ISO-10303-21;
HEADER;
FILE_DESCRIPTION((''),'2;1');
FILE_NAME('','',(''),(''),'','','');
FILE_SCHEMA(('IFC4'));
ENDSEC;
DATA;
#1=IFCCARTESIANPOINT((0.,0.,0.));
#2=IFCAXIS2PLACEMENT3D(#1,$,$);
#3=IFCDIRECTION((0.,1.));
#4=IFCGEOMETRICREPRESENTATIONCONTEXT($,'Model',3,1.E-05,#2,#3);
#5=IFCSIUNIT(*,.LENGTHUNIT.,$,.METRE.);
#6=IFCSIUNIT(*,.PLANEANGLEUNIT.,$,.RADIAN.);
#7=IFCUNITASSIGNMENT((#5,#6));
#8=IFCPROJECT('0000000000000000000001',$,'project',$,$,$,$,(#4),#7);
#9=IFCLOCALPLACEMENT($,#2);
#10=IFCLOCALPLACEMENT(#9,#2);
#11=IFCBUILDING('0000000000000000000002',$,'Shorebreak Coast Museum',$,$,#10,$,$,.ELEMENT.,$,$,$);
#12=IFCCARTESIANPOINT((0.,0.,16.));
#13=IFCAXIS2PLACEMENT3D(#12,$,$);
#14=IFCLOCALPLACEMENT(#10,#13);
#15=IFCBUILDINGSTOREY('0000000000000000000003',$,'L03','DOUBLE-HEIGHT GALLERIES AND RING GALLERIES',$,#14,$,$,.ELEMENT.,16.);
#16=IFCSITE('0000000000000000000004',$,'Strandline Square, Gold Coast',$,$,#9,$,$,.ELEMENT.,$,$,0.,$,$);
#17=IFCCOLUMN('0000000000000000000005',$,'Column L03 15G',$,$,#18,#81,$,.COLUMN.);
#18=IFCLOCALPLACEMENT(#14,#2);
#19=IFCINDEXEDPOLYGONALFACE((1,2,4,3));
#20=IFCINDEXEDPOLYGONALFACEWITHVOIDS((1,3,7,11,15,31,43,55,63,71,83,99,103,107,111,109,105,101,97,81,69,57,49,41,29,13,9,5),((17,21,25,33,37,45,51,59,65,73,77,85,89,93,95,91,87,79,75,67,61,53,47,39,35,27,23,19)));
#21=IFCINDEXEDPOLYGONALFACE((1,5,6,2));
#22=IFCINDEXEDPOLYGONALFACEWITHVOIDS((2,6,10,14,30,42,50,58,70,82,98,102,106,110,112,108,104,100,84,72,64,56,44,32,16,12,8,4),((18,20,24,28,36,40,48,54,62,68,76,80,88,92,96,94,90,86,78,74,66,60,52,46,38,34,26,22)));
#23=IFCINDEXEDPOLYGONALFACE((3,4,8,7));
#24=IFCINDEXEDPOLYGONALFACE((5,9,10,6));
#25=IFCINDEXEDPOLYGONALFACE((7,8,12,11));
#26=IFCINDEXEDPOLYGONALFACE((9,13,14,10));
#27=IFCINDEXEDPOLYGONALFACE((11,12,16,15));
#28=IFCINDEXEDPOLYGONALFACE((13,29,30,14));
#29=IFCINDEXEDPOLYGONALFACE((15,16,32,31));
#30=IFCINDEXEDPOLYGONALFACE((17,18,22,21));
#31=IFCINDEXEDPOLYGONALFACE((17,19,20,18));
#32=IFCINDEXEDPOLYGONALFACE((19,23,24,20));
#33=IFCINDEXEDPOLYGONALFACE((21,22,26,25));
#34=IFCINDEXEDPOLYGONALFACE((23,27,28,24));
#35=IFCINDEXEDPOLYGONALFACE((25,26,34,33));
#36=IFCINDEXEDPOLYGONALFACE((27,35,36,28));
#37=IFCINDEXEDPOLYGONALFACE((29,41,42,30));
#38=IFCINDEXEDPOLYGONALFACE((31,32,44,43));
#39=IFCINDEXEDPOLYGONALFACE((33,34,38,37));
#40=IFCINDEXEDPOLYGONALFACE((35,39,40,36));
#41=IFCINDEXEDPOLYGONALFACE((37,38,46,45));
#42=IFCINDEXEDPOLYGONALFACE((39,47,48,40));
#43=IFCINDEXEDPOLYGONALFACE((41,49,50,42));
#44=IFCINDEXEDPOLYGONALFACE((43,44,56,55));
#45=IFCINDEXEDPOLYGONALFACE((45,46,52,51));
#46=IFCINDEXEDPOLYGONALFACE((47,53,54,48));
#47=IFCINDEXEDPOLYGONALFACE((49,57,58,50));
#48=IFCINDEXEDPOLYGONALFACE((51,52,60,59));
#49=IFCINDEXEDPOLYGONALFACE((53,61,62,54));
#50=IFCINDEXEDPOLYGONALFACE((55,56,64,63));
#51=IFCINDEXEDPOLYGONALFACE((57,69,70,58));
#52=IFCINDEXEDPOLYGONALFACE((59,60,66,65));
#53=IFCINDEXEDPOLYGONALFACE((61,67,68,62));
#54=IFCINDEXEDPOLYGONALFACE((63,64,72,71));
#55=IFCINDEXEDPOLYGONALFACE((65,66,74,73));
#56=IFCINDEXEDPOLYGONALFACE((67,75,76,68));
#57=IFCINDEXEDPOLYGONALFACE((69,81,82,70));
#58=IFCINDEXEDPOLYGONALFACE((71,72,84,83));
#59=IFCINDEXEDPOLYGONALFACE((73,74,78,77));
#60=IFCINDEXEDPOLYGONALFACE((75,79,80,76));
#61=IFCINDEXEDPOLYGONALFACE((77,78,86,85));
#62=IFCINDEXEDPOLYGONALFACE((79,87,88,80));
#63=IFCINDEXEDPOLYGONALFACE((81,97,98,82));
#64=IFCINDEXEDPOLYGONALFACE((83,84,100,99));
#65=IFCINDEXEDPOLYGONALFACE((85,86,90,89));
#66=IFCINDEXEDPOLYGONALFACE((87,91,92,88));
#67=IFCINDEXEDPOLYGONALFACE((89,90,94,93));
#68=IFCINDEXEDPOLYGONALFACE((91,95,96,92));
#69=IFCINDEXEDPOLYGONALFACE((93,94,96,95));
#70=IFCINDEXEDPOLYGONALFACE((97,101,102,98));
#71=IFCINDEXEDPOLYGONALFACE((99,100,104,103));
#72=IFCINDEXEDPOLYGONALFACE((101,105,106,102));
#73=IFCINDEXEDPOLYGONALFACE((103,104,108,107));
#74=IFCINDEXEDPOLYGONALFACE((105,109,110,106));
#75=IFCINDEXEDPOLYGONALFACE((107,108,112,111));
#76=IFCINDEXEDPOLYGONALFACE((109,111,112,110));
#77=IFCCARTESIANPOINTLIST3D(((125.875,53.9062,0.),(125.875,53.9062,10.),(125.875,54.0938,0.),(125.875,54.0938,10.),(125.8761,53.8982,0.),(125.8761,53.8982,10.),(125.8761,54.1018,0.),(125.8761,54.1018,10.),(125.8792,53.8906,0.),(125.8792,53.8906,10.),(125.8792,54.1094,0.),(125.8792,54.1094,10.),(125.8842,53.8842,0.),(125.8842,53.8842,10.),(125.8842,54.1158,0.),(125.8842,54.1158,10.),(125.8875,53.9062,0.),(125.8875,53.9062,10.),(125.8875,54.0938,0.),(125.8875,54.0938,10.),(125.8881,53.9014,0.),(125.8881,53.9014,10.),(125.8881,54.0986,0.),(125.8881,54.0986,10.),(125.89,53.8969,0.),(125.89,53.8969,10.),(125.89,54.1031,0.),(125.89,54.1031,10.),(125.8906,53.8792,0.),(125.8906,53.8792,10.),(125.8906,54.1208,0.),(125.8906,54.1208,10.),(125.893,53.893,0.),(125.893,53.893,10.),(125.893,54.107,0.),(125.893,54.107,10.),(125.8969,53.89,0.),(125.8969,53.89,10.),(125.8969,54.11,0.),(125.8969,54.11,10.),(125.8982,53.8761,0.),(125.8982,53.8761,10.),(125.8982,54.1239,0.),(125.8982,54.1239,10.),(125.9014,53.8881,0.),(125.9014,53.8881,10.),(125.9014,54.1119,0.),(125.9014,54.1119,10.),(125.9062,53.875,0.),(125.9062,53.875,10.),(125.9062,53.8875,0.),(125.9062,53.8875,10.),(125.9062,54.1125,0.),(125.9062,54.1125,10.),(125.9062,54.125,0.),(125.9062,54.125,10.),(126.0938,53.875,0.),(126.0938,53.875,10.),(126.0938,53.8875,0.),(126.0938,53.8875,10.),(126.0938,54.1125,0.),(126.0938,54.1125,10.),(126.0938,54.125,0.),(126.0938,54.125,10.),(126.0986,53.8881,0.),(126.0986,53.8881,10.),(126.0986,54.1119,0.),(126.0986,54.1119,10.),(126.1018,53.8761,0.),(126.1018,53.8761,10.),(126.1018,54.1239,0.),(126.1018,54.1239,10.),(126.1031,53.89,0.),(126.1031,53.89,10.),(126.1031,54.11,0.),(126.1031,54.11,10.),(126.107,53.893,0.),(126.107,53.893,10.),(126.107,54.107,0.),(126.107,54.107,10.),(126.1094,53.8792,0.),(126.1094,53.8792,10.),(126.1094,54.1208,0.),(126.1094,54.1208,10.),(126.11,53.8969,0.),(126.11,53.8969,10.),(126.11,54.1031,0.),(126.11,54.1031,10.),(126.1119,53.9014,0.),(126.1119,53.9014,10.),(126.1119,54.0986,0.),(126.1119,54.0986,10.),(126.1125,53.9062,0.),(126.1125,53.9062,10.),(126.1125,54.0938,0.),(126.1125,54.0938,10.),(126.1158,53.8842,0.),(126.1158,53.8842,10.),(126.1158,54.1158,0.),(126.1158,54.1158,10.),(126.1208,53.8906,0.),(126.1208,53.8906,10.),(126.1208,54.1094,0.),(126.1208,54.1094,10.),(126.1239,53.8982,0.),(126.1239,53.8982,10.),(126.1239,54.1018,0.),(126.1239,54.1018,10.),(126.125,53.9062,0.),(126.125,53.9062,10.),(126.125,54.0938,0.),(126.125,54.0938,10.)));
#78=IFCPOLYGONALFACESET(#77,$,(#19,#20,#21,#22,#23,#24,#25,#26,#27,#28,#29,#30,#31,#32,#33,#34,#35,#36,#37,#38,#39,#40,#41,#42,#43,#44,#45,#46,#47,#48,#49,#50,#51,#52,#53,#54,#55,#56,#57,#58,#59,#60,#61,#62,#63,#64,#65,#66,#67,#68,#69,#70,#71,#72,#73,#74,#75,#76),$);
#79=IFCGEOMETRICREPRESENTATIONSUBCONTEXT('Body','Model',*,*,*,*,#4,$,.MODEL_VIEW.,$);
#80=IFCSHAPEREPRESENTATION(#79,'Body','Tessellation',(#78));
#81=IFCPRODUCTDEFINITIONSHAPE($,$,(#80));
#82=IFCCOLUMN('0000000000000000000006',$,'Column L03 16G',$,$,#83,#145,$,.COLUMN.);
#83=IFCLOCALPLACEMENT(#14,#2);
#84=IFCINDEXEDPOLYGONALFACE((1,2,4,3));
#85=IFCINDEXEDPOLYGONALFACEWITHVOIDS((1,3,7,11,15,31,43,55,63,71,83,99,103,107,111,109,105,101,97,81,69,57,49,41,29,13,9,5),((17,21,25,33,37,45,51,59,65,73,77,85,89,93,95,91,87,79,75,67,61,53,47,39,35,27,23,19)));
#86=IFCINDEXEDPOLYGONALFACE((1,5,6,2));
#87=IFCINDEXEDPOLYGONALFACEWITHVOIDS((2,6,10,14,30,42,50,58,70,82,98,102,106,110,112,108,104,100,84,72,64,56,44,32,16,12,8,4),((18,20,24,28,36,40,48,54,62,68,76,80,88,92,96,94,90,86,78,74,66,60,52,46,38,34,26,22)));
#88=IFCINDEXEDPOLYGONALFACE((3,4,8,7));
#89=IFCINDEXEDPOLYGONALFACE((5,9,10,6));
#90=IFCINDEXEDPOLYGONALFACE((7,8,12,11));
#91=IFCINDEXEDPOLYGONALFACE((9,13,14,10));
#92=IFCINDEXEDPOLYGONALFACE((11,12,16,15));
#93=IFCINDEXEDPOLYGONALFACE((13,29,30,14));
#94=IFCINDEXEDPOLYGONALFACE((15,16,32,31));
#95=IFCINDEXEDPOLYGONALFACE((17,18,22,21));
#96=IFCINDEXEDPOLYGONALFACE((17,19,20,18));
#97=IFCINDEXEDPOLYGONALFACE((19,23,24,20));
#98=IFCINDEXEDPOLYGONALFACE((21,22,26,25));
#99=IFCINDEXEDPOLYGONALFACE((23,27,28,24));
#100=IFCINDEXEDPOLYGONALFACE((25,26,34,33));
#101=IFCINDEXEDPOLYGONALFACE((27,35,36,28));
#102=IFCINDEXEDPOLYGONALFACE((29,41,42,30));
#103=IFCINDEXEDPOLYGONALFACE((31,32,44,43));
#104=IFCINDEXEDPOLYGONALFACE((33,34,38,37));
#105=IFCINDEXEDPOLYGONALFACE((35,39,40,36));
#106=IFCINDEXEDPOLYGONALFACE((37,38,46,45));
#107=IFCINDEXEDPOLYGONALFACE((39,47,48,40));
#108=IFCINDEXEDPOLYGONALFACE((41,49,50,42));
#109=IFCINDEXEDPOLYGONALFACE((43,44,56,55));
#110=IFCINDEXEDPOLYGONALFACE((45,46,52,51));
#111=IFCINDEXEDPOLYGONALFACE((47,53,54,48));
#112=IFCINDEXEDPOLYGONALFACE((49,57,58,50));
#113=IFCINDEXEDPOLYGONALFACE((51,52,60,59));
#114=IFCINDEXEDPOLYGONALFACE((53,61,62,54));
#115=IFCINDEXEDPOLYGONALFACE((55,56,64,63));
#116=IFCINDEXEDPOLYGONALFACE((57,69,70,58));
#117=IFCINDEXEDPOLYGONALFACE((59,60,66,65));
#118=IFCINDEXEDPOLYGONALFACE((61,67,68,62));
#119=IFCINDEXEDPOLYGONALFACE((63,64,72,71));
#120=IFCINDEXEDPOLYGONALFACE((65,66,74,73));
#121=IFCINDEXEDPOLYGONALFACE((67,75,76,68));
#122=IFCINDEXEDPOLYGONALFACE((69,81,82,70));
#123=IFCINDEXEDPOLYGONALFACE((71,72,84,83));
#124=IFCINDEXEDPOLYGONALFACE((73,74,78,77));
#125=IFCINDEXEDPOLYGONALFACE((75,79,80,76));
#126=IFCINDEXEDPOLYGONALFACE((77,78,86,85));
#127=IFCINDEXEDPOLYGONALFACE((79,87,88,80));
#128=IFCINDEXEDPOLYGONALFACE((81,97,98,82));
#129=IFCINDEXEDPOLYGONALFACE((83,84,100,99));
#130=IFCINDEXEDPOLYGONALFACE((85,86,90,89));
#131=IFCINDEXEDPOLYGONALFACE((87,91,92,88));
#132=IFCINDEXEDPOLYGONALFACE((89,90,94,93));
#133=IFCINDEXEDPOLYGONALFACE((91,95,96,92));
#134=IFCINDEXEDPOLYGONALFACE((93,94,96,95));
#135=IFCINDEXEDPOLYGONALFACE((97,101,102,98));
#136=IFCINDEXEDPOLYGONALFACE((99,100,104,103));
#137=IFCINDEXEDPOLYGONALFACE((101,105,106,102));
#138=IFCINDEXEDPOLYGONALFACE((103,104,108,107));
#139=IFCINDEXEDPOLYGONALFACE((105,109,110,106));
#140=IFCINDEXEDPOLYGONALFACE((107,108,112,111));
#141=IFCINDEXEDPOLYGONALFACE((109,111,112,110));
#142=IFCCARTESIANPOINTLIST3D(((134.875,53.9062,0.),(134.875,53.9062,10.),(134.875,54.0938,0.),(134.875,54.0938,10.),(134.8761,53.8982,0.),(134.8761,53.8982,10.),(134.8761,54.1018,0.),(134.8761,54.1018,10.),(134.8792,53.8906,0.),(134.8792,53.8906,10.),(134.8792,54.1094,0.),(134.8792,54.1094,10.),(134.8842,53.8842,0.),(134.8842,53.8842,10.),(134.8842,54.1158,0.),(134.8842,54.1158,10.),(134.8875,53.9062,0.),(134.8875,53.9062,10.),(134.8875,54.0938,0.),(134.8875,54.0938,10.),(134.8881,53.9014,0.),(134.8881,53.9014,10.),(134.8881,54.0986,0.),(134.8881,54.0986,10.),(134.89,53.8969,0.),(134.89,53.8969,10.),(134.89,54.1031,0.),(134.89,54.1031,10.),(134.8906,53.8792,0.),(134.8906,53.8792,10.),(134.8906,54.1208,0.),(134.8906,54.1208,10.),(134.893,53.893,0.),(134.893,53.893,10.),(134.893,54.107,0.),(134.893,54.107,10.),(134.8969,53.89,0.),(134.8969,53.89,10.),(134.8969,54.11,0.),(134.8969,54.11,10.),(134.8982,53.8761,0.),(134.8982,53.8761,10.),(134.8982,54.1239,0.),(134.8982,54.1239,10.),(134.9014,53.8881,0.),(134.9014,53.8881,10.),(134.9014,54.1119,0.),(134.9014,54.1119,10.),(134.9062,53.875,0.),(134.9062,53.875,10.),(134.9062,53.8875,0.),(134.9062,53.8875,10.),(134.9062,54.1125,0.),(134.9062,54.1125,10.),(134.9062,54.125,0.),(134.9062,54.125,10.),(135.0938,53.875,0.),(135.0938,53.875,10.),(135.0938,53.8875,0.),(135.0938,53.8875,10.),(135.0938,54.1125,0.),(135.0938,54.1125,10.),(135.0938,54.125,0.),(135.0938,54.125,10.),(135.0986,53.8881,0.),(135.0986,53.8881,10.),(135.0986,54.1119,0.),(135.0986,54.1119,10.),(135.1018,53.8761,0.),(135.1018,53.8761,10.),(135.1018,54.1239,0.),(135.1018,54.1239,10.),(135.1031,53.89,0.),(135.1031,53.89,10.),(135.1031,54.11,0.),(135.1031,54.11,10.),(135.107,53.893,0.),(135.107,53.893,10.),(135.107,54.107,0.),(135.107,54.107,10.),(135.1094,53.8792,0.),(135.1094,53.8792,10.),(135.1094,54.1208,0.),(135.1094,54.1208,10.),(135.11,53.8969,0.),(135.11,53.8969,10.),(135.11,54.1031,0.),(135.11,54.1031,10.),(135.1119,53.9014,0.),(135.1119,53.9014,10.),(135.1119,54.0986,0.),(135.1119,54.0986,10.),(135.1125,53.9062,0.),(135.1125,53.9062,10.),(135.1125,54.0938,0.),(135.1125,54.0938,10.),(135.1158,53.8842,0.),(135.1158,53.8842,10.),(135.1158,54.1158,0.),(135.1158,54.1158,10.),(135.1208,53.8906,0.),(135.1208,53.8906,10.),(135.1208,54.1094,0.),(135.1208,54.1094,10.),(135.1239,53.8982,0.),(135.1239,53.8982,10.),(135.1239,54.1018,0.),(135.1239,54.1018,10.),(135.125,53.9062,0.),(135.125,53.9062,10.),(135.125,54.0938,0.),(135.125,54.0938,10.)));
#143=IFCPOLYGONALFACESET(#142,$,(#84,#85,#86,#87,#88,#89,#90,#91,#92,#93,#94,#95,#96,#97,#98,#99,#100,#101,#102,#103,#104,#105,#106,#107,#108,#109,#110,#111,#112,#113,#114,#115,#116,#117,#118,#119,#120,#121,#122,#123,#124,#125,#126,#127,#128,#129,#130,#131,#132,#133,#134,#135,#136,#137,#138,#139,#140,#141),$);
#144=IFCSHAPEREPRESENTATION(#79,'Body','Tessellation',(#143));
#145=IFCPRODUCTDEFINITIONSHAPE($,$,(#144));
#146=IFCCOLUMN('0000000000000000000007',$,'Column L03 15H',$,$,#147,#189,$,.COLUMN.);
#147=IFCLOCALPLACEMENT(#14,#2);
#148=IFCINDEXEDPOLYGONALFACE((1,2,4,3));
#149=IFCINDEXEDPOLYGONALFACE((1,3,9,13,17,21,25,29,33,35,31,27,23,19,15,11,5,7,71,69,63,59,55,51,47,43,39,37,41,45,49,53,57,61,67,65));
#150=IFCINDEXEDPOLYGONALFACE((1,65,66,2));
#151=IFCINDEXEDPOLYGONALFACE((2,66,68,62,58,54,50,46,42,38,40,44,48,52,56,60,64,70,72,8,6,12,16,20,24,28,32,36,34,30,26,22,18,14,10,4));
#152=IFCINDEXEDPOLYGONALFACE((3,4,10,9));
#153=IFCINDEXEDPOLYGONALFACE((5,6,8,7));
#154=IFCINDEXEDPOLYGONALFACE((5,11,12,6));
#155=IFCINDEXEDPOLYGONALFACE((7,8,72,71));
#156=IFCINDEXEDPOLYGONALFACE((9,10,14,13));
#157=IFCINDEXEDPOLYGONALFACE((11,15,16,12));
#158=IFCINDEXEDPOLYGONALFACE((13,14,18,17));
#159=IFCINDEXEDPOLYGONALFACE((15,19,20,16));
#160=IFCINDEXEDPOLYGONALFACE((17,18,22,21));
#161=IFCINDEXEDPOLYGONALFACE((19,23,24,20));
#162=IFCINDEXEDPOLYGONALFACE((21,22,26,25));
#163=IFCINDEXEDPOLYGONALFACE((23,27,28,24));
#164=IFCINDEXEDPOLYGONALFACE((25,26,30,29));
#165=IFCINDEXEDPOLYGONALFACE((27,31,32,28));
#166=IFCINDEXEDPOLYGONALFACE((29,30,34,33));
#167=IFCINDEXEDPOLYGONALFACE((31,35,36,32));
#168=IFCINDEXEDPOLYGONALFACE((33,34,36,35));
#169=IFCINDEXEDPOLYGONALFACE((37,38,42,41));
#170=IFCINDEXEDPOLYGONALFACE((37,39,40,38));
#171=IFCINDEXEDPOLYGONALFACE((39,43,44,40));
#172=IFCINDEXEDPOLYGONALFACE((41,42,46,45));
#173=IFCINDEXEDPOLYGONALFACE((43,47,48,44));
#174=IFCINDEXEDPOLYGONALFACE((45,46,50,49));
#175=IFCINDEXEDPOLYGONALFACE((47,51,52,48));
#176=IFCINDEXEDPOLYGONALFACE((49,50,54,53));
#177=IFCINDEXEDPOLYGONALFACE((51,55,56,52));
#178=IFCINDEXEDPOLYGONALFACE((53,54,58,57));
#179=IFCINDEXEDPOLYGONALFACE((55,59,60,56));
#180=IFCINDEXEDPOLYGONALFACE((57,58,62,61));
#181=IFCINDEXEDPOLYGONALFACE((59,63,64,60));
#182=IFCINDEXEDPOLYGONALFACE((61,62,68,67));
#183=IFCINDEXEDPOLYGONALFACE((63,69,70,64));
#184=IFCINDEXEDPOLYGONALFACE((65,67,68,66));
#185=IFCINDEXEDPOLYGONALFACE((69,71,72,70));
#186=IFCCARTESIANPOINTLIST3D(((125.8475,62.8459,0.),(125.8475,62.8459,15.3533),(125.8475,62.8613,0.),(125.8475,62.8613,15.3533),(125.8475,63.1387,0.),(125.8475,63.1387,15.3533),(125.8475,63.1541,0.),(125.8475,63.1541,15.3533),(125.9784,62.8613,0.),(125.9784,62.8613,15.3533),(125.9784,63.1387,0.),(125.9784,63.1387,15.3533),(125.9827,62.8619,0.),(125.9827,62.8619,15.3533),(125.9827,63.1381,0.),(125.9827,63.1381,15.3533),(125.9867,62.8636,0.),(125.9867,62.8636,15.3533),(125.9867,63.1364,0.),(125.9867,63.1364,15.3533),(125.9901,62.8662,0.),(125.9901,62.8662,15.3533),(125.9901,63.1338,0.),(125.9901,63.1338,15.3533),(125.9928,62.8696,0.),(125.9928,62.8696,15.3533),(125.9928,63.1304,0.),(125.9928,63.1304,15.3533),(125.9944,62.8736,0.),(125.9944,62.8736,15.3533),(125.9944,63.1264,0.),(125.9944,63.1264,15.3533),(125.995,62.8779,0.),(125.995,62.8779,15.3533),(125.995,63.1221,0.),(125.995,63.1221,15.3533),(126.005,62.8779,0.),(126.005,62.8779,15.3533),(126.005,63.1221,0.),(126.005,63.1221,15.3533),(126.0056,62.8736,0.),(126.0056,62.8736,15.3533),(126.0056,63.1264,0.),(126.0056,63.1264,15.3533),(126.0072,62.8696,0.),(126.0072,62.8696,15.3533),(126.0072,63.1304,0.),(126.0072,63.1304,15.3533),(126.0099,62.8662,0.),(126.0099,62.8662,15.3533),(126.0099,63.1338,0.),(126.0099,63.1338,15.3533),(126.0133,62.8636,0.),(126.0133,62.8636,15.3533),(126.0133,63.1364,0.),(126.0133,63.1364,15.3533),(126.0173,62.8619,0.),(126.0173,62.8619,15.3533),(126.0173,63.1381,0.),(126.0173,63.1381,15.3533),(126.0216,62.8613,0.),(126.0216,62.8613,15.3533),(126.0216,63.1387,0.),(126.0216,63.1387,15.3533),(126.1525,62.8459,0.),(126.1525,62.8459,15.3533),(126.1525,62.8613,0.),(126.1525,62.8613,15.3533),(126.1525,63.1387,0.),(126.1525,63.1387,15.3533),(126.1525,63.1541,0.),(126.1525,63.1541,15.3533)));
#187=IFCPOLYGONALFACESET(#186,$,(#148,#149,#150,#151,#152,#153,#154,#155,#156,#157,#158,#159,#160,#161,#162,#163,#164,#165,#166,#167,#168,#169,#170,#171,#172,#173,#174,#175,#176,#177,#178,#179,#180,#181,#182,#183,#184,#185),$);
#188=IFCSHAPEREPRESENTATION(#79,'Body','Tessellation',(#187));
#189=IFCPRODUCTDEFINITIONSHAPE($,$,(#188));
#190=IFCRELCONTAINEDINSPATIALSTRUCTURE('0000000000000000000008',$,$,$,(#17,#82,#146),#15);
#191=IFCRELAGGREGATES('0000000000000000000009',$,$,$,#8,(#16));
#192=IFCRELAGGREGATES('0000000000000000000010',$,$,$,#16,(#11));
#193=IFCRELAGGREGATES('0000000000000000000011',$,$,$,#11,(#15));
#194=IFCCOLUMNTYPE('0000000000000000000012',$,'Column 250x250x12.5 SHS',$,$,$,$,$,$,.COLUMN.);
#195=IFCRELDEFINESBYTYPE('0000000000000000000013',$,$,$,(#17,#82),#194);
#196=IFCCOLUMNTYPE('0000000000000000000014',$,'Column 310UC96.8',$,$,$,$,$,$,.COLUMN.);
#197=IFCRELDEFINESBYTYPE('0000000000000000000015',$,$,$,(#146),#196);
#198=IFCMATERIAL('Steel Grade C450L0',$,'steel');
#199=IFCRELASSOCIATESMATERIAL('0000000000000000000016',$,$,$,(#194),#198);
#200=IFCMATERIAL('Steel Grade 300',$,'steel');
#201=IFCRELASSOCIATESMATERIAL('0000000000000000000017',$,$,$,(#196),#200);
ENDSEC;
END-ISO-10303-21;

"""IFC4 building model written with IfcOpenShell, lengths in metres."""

from ifc_helpers import new_model, si_unit, direction, frame, origin, origin_2d, place, context, subcontext, project, spatial, hollow_rectangle, i_section, extrude, material, material_profile, profile_set, type_object, element, save


model = new_model("IFC4")

# Units and contexts
model_context = context("Model", 3, precision=1e-05, world=origin(), true_north=direction((0.0, 1.0)))
body_context = subcontext(model_context, "Body", "Model", "MODEL_VIEW")
ifc_project = project(units=[si_unit("LENGTHUNIT", "METRE"), si_unit("PLANEANGLEUNIT", "RADIAN")], contexts=[model_context])

# Site, building, storey
site_placement = place(None, origin())
site = spatial("IfcSite", under=ifc_project, at=site_placement, Name="Strandline Square, Gold Coast", CompositionType="ELEMENT", RefElevation=0.0)
building_placement = place(site_placement, origin())
building = spatial("IfcBuilding", under=site, at=building_placement, Name="Shorebreak Coast Museum", CompositionType="ELEMENT")
storey_placement = place(building_placement, frame((0.0, 0.0, 16.0)))
storey = spatial("IfcBuildingStorey", under=building, at=storey_placement, Name="L03", Description="DOUBLE-HEIGHT GALLERIES AND RING GALLERIES", CompositionType="ELEMENT", Elevation=16.0)

# Columns
ifc_material_1 = material(Name="Steel Grade C450L0", Category="steel")
ifc_material_profile_1 = material_profile(ifc_material_1, hollow_rectangle(XDim=0.25, YDim=0.25, WallThickness=0.0125, InnerFilletRadius=0.0188, OuterFilletRadius=0.0312, at=origin_2d()), Name="250x250x12.5 SHS")
ifc_profile_set_1 = profile_set([ifc_material_profile_1], Name="Steel Grade C450L0")
column_type_1 = type_object("IfcColumnType", Name="Column 250x250x12.5 SHS", PredefinedType="COLUMN", material=ifc_profile_set_1)
for number, where, z_axis, x_axis, name in (
    (1, (126.0, 54.0, 0.0), (0.0, 0.0, 1.0), (1.0, 0.0, 0.0), "Column L03 15G"),
    (2, (135.0, 54.0, 0.0), (0.0, 0.0, 1.0), (1.0, 0.0, 0.0), "Column L03 16G"),
):
    element("IfcColumn", number, at=place(storey_placement, frame(where, z_axis=z_axis, x_axis=x_axis)), inside=storey, type_object=column_type_1, Name=name, PredefinedType="COLUMN", context=body_context, shape_type="SweptSolid", body=[
        extrude(hollow_rectangle(XDim=0.25, YDim=0.25, WallThickness=0.0125, InnerFilletRadius=0.0188, OuterFilletRadius=0.0312, at=origin_2d()), origin(), (0.0, 0.0, 1.0), 10.0),
    ])
ifc_material_2 = material(Name="Steel Grade 300", Category="steel")
ifc_material_profile_2 = material_profile(ifc_material_2, i_section(OverallWidth=0.3049, OverallDepth=0.3081, WebThickness=0.01, FlangeThickness=0.0154, FilletRadius=0.0166, at=origin_2d()), Name="310UC96.8")
ifc_profile_set_2 = profile_set([ifc_material_profile_2], Name="Steel Grade 300")
column_type_2 = type_object("IfcColumnType", Name="Column 310UC96.8", PredefinedType="COLUMN", material=ifc_profile_set_2)
column_placement = place(storey_placement, frame((126.0, 63.0, 0.0), z_axis=(0.0, 0.0, 1.0), x_axis=(1.0, 0.0, 0.0)))
element("IfcColumn", 3, at=column_placement, inside=storey, type_object=column_type_2, Name="Column L03 15H", PredefinedType="COLUMN", context=body_context, shape_type="SweptSolid", body=[
    extrude(i_section(OverallWidth=0.3049, OverallDepth=0.3081, WebThickness=0.01, FlangeThickness=0.0154, FilletRadius=0.0166, at=origin_2d()), origin(), (0.0, 0.0, 1.0), 15.3533),
])

save(model, "model.ifc")
